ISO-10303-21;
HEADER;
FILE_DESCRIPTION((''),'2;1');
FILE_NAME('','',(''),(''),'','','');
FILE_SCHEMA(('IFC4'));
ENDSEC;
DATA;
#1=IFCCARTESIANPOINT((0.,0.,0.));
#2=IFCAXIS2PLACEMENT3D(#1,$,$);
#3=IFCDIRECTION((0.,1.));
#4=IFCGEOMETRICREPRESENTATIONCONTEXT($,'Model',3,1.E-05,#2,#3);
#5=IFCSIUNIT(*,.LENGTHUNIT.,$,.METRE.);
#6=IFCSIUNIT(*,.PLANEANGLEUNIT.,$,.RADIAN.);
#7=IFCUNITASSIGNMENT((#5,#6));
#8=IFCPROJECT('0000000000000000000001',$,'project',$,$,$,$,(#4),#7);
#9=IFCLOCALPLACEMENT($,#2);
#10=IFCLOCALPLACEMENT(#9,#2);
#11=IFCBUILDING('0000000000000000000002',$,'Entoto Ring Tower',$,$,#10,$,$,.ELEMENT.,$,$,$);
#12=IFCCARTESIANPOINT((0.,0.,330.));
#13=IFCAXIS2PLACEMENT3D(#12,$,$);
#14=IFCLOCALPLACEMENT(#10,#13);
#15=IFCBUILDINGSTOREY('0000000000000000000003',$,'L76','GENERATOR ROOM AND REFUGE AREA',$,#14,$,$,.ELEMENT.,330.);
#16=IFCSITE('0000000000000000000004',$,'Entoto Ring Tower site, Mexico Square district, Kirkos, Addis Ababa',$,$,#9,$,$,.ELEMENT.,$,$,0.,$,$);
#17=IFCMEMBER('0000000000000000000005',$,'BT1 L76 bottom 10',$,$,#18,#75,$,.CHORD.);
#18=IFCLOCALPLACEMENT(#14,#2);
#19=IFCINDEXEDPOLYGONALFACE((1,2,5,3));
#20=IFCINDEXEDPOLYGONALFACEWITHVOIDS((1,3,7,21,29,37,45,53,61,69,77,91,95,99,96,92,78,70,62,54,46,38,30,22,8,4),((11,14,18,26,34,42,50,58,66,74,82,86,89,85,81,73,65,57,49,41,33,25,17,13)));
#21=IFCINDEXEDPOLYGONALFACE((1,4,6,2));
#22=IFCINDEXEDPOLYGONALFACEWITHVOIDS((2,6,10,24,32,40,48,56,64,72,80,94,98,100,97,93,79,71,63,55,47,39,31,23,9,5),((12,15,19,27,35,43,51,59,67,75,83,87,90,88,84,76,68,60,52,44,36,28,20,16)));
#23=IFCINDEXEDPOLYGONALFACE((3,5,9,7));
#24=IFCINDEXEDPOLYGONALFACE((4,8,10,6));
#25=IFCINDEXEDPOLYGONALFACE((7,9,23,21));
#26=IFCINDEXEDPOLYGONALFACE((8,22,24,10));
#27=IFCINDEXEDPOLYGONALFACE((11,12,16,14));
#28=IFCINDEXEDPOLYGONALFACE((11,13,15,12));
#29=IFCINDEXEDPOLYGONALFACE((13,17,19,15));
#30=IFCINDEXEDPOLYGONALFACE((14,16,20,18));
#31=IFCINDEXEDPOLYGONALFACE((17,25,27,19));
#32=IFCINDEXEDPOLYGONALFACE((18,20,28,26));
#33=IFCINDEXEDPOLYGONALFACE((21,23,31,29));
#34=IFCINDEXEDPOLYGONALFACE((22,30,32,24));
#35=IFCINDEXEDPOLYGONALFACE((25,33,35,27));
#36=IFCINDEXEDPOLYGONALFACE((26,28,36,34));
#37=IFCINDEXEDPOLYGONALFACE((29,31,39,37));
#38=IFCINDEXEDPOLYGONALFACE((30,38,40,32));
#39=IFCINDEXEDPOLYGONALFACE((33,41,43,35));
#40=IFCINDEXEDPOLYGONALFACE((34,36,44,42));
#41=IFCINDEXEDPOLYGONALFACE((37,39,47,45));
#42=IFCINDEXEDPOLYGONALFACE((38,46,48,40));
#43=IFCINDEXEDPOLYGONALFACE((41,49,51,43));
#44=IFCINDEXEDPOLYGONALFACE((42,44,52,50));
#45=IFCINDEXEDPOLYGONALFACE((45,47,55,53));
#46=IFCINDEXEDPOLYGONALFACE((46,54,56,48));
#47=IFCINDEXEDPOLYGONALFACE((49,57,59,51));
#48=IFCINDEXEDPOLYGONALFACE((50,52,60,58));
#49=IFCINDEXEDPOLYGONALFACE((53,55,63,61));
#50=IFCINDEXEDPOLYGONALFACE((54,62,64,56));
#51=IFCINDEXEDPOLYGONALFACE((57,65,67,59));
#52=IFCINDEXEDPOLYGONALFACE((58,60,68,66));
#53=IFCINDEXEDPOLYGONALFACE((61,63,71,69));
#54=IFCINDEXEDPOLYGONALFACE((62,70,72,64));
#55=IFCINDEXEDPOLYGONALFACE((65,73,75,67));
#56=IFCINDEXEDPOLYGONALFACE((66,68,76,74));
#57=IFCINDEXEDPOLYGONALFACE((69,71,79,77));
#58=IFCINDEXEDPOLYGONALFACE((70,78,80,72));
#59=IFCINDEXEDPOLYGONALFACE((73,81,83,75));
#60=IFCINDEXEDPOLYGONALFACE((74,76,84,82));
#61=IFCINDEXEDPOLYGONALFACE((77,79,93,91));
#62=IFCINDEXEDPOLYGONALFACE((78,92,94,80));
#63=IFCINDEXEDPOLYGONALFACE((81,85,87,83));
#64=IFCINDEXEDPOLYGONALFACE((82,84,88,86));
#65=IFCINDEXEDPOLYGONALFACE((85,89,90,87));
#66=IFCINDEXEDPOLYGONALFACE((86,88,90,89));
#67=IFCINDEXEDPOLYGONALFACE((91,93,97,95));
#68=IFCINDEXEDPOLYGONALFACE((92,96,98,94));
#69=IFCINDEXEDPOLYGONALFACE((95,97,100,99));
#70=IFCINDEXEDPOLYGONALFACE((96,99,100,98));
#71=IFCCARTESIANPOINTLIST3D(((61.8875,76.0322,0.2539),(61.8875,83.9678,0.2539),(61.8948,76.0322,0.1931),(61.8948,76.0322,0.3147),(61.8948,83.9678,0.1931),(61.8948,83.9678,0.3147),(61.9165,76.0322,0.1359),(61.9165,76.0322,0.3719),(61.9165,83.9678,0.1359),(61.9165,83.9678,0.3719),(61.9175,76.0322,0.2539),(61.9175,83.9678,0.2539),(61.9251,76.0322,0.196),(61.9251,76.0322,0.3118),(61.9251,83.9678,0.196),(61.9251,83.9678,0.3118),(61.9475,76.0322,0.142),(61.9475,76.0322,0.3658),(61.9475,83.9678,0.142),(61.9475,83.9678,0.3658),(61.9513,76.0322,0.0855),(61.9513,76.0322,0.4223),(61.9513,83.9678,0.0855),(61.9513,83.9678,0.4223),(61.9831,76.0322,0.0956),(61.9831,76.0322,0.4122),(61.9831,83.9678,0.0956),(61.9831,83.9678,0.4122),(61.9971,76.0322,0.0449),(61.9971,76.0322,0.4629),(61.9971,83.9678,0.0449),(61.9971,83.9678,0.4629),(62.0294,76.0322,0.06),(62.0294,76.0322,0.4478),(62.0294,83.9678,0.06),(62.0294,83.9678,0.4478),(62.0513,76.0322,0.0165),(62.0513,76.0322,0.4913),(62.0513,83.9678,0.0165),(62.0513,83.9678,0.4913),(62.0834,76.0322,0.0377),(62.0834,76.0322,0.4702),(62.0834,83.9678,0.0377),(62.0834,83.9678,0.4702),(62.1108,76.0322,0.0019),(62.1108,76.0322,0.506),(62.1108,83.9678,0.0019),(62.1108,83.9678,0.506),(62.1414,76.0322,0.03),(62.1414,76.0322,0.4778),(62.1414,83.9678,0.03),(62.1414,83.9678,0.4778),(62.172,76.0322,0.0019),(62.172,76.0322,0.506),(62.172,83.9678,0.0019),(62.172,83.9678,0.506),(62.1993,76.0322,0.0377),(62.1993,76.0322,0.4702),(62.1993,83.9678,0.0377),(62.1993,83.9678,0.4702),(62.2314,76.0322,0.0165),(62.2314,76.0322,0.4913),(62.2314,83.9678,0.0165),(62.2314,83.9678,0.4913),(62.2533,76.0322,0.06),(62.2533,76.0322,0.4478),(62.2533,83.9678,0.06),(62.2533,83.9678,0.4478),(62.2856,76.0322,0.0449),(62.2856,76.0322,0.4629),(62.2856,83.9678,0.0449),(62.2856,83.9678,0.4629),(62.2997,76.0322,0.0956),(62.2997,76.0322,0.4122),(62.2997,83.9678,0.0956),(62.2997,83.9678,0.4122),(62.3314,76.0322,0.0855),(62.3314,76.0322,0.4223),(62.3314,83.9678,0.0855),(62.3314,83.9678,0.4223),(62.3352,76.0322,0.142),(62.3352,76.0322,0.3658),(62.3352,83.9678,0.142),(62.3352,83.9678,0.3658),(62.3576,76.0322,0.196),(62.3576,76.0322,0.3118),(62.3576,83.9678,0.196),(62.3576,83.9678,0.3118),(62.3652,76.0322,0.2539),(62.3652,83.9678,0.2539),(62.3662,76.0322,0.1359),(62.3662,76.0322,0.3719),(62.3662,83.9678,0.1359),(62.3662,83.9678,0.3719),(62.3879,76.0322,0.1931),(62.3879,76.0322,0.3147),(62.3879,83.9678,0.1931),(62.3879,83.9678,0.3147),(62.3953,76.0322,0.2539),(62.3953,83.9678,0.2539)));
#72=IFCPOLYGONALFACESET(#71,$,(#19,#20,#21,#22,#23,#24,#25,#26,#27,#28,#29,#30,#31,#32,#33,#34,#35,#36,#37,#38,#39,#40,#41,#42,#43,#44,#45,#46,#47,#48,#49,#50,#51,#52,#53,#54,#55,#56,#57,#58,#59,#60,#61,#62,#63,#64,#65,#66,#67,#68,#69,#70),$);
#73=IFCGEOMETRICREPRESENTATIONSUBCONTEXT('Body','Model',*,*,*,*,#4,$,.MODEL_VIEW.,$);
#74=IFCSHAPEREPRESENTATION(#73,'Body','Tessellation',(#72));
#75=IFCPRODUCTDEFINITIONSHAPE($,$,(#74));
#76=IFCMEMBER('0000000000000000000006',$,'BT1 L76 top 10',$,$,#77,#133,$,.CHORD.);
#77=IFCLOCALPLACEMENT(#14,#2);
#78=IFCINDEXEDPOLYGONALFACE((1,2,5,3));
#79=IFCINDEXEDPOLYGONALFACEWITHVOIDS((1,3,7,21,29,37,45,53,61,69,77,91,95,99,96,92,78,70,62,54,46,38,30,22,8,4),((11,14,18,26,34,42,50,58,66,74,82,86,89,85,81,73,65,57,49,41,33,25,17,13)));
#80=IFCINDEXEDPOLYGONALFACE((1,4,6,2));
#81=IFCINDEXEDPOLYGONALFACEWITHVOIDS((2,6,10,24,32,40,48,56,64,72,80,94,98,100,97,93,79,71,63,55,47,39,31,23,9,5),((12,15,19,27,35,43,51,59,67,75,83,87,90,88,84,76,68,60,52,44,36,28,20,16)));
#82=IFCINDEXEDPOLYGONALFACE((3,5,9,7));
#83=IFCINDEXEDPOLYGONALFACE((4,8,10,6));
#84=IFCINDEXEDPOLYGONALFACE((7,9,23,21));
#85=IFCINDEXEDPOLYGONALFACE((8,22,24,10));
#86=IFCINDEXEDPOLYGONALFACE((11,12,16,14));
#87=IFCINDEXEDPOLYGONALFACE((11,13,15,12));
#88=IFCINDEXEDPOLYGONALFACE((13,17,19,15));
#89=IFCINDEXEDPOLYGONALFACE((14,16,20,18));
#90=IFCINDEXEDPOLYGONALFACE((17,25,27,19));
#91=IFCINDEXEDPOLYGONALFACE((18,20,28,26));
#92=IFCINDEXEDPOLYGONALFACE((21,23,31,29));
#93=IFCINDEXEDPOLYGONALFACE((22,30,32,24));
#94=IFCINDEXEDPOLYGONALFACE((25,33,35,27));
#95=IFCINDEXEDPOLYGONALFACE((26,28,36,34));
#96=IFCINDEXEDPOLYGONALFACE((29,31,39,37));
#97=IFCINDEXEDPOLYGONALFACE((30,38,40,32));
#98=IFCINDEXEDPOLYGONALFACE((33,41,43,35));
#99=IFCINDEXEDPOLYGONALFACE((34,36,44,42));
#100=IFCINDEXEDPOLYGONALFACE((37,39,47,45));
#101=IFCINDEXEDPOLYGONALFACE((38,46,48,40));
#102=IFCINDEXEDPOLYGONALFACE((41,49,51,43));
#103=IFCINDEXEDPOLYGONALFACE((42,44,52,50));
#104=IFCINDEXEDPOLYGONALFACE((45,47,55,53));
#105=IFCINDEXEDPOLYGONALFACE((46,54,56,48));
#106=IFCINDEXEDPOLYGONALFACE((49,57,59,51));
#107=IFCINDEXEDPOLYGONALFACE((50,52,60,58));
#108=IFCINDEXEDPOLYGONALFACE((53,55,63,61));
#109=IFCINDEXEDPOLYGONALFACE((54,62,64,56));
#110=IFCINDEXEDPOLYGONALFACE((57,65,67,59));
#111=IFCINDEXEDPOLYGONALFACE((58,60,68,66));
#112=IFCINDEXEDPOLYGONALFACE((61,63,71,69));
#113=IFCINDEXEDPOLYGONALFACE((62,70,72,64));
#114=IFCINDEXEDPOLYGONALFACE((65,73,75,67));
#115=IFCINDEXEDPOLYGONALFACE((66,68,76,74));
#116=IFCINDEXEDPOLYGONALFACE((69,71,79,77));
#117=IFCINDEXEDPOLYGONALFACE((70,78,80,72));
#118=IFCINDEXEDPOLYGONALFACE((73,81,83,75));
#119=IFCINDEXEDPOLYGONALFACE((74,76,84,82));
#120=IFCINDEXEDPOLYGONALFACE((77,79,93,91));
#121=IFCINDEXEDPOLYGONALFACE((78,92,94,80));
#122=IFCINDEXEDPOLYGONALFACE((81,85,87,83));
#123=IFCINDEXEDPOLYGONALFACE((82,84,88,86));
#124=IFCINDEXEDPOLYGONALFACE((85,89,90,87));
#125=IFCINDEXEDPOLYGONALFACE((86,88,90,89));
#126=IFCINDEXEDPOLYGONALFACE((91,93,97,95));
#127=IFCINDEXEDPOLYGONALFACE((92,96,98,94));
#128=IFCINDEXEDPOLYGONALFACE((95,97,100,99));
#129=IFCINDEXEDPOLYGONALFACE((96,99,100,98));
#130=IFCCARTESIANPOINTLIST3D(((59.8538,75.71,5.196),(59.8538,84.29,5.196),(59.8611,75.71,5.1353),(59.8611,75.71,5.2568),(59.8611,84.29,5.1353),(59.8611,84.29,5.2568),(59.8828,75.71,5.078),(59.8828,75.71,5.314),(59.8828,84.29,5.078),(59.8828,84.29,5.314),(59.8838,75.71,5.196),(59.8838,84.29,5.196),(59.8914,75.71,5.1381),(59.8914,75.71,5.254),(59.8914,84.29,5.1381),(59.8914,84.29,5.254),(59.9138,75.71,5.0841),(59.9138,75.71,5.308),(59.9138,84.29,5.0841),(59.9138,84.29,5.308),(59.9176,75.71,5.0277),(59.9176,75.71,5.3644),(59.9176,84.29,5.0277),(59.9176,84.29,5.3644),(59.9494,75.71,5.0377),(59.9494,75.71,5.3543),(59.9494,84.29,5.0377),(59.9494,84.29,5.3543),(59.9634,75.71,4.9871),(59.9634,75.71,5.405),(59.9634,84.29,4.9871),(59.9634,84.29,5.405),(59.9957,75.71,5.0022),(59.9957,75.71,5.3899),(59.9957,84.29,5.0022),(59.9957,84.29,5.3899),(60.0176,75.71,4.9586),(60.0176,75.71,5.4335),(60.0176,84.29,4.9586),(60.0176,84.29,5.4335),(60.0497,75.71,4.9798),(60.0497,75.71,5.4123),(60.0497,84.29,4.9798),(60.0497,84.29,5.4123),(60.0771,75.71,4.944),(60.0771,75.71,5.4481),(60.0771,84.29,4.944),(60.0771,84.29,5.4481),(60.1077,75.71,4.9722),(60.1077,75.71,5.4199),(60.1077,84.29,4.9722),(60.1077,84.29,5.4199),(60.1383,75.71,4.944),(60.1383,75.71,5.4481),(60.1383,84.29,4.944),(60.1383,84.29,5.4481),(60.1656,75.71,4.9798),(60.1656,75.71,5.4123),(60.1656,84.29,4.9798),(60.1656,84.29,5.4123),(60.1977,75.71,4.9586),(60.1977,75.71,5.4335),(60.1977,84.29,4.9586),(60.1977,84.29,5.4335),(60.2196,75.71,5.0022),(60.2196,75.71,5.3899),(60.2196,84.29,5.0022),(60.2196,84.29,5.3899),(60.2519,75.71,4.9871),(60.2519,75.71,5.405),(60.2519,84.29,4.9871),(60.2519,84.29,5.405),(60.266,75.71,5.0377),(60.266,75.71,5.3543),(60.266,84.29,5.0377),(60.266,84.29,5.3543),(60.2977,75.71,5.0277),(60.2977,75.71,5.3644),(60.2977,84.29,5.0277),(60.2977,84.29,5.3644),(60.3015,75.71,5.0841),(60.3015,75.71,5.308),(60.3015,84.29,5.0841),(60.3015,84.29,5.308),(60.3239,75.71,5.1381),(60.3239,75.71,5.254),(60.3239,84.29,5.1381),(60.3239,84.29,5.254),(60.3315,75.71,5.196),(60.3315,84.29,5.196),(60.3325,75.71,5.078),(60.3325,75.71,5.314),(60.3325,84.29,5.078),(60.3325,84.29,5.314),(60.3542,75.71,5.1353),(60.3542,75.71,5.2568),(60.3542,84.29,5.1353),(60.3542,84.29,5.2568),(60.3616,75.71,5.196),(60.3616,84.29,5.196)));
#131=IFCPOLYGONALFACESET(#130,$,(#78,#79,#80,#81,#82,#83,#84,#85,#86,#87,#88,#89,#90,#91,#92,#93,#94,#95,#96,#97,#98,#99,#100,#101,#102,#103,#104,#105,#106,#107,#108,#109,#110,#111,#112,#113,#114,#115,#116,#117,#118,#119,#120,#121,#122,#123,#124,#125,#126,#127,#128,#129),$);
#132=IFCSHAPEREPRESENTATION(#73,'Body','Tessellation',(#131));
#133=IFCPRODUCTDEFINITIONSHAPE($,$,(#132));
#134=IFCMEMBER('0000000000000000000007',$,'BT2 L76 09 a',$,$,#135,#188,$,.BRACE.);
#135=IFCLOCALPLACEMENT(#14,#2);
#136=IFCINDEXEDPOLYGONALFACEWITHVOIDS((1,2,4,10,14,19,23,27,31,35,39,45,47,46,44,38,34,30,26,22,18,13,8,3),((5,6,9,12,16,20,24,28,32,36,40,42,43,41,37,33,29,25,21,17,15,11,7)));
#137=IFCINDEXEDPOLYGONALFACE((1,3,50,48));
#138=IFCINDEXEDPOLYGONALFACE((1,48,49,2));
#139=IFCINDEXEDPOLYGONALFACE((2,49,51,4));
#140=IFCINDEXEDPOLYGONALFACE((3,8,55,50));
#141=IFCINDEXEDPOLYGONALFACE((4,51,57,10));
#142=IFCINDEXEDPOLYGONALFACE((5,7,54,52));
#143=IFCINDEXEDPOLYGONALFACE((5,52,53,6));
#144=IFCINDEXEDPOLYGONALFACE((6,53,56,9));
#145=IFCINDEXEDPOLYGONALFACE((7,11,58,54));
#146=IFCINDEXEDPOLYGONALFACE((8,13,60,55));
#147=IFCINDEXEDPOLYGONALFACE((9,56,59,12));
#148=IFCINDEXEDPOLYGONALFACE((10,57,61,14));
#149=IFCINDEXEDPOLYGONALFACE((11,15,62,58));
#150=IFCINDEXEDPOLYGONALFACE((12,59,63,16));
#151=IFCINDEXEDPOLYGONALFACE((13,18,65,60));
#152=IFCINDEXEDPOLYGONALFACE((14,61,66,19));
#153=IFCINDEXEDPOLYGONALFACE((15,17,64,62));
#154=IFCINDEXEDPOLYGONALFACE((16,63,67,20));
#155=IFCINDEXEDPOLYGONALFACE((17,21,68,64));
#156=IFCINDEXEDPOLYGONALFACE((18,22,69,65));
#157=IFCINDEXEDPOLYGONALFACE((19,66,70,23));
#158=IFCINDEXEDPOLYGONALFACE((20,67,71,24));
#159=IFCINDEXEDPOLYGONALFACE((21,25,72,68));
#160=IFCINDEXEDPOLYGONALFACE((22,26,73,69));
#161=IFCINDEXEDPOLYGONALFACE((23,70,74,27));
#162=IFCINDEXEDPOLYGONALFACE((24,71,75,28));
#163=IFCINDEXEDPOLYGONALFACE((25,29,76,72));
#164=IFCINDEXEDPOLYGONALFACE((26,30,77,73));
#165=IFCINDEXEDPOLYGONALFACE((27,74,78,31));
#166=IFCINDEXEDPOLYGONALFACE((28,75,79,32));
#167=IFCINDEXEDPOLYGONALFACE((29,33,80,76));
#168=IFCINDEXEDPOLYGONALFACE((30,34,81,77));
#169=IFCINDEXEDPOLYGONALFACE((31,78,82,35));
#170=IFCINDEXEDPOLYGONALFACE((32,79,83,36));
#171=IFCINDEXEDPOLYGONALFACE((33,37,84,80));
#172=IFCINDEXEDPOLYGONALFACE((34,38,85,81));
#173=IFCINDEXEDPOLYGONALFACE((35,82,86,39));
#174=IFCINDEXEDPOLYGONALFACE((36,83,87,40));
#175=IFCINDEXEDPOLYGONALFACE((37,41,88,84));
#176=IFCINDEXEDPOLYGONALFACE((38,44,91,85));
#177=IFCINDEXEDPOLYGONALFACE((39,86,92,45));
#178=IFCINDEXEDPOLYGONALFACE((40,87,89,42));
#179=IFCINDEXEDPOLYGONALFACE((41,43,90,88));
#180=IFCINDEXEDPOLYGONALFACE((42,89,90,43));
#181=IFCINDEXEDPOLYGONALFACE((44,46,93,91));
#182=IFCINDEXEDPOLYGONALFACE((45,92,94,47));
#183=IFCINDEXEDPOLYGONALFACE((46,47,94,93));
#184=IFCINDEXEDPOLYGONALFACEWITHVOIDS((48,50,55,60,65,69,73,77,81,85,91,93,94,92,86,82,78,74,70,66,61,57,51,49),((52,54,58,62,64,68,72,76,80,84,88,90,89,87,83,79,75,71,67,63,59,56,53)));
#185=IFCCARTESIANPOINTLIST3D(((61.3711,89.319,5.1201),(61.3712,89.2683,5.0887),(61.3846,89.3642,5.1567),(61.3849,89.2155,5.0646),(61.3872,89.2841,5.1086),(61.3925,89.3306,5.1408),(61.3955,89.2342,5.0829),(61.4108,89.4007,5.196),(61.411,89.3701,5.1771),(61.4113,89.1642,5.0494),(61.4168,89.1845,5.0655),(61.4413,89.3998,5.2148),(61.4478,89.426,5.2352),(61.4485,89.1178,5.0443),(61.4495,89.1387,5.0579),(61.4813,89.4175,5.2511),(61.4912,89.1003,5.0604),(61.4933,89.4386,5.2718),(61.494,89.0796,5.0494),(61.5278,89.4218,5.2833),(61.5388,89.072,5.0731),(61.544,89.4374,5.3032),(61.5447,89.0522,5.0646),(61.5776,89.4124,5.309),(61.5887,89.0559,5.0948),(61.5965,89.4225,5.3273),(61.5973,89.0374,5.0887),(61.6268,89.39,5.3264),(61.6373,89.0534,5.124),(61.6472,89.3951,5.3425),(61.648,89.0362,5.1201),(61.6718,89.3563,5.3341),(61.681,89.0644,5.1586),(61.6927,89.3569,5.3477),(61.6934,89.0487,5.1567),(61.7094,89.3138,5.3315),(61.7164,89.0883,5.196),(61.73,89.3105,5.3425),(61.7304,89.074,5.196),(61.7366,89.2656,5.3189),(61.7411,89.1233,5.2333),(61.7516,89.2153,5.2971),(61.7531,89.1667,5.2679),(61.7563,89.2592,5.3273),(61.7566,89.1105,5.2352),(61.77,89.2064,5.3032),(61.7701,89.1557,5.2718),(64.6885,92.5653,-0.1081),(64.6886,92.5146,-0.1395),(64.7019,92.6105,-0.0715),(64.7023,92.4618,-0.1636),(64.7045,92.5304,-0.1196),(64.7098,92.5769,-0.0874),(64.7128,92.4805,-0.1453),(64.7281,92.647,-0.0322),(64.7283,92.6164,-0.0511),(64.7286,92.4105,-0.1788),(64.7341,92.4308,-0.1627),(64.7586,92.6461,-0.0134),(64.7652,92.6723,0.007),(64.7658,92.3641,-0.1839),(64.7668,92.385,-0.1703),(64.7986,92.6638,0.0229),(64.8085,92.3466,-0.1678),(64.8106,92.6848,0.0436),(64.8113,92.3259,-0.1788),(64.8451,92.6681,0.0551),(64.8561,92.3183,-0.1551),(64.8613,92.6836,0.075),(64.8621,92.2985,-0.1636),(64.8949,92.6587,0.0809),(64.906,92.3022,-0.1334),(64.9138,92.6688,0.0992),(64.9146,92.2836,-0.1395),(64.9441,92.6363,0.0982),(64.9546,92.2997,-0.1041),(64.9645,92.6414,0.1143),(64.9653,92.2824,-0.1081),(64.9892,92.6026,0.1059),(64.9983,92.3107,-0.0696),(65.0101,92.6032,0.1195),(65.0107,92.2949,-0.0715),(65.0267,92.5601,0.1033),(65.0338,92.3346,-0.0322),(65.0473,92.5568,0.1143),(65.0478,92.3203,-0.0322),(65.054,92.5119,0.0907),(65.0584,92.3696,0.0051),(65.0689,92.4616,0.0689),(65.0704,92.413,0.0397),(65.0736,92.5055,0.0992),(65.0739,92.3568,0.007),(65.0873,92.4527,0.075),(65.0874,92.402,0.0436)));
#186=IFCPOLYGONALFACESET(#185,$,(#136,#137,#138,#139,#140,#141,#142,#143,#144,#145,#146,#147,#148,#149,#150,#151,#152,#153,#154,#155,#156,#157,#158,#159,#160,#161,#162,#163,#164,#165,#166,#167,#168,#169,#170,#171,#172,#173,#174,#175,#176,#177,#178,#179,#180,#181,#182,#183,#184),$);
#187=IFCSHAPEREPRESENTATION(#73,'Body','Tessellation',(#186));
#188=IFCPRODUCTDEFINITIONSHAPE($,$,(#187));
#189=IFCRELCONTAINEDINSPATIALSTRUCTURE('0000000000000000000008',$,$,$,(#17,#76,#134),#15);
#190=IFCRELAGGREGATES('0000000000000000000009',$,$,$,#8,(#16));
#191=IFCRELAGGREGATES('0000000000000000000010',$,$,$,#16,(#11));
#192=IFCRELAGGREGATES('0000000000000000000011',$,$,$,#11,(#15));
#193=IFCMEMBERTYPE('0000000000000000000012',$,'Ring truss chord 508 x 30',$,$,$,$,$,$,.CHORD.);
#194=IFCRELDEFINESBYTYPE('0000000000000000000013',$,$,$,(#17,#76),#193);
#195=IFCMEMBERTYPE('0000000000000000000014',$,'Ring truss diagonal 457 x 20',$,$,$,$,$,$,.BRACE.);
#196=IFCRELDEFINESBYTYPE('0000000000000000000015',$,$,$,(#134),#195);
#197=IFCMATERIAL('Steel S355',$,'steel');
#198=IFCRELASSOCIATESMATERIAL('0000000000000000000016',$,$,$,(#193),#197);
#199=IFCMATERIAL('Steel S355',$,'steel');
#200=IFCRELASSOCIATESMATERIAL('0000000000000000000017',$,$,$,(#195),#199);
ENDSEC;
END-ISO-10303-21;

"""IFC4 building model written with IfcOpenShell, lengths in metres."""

from ifc_helpers import new_model, si_unit, direction, frame, origin, origin_2d, place, context, subcontext, project, spatial, circle, hollow_circle, extrude, material, material_profile, profile_set, type_object, element, save


model = new_model("IFC4")

# Units and contexts
model_context = context("Model", 3, precision=1e-05, world=origin(), true_north=direction((0.0, 1.0)))
body_context = subcontext(model_context, "Body", "Model", "MODEL_VIEW")
ifc_project = project(units=[si_unit("LENGTHUNIT", "METRE"), si_unit("PLANEANGLEUNIT", "RADIAN")], contexts=[model_context])

# Site, building, storey
site_placement = place(None, origin())
site = spatial("IfcSite", under=ifc_project, at=site_placement, Name="Entoto Ring Tower site, Mexico Square district, Kirkos, Addis Ababa", CompositionType="ELEMENT", RefElevation=0.0)
building_placement = place(site_placement, origin())
building = spatial("IfcBuilding", under=site, at=building_placement, Name="Entoto Ring Tower", CompositionType="ELEMENT")
storey_placement = place(building_placement, frame((0.0, 0.0, 330.0)))
storey = spatial("IfcBuildingStorey", under=building, at=storey_placement, Name="L76", Description="GENERATOR ROOM AND REFUGE AREA", CompositionType="ELEMENT", Elevation=330.0)

# Members
ifc_material_1 = material(Name="Steel S355", Category="steel")
ifc_material_profile_1 = material_profile(ifc_material_1, hollow_circle(Radius=0.2539, WallThickness=0.03, at=origin_2d()), Name="CHS 508 x 30")
ifc_material_2 = material(Name="Concrete C60/75", Category="concrete")
ifc_material_profile_2 = material_profile(ifc_material_2, circle(Radius=0.2241, at=origin_2d()), Name="Concrete C60/75 infill")
ifc_profile_set_1 = profile_set([ifc_material_profile_1, ifc_material_profile_2], Name="Steel S355")
member_type_1 = type_object("IfcMemberType", Name="Ring truss chord 508 x 30", PredefinedType="CHORD", material=ifc_profile_set_1)
for number, where, z_axis, x_axis, name in (
    (1, (62.1414, 83.9678, 0.2539), (0.0, -1.0, 0.0), (1.0, 0.0, 0.0), "BT1 L76 bottom 10"),
):
    element("IfcMember", number, at=place(storey_placement, frame(where, z_axis=z_axis, x_axis=x_axis)), inside=storey, type_object=member_type_1, Name=name, PredefinedType="CHORD", context=body_context, shape_type="SweptSolid", body=[
        extrude(hollow_circle(Radius=0.2539, WallThickness=0.03, at=origin_2d()), origin(), (0.0, 0.0, 1.0), 7.9355),
    ])
member_1_placement = place(storey_placement, frame((60.1077, 84.29, 5.196), z_axis=(0.0, -1.0, 0.0), x_axis=(1.0, 0.0, 0.0)))
element("IfcMember", 2, at=member_1_placement, inside=storey, type_object=member_type_1, Name="BT1 L76 top 10", PredefinedType="CHORD", context=body_context, shape_type="SweptSolid", body=[
    extrude(hollow_circle(Radius=0.2539, WallThickness=0.03, at=origin_2d()), origin(), (0.0, 0.0, 1.0), 8.5801),
])
ifc_material_3 = material(Name="Steel S355", Category="steel")
ifc_material_profile_3 = material_profile(ifc_material_3, hollow_circle(Radius=0.2285, WallThickness=0.02, at=origin_2d()), Name="CHS 457 x 20")
ifc_material_4 = material(Name="Concrete C60/75", Category="concrete")
ifc_material_profile_4 = material_profile(ifc_material_4, circle(Radius=0.2085, at=origin_2d()), Name="Concrete C60/75 infill")
ifc_profile_set_2 = profile_set([ifc_material_profile_3, ifc_material_profile_4], Name="Steel S355")
member_type_2 = type_object("IfcMemberType", Name="Ring truss diagonal 457 x 20", PredefinedType="BRACE", material=ifc_profile_set_2)
for number, where, z_axis, x_axis, name in (
    (3, (64.8879, 92.4836, -0.0322), (-0.4745, -0.464338, 0.747823), (0.699412, -0.714719, 0.0), "BT2 L76 09 a"),
):
    element("IfcMember", number, at=place(storey_placement, frame(where, z_axis=z_axis, x_axis=x_axis)), inside=storey, type_object=member_type_2, Name=name, PredefinedType="BRACE", context=body_context, shape_type="SweptSolid", body=[
        extrude(hollow_circle(Radius=0.2285, WallThickness=0.02, at=origin_2d()), origin(), (0.0, 0.0, 1.0), 6.9912),
    ])

save(model, "model.ifc")
